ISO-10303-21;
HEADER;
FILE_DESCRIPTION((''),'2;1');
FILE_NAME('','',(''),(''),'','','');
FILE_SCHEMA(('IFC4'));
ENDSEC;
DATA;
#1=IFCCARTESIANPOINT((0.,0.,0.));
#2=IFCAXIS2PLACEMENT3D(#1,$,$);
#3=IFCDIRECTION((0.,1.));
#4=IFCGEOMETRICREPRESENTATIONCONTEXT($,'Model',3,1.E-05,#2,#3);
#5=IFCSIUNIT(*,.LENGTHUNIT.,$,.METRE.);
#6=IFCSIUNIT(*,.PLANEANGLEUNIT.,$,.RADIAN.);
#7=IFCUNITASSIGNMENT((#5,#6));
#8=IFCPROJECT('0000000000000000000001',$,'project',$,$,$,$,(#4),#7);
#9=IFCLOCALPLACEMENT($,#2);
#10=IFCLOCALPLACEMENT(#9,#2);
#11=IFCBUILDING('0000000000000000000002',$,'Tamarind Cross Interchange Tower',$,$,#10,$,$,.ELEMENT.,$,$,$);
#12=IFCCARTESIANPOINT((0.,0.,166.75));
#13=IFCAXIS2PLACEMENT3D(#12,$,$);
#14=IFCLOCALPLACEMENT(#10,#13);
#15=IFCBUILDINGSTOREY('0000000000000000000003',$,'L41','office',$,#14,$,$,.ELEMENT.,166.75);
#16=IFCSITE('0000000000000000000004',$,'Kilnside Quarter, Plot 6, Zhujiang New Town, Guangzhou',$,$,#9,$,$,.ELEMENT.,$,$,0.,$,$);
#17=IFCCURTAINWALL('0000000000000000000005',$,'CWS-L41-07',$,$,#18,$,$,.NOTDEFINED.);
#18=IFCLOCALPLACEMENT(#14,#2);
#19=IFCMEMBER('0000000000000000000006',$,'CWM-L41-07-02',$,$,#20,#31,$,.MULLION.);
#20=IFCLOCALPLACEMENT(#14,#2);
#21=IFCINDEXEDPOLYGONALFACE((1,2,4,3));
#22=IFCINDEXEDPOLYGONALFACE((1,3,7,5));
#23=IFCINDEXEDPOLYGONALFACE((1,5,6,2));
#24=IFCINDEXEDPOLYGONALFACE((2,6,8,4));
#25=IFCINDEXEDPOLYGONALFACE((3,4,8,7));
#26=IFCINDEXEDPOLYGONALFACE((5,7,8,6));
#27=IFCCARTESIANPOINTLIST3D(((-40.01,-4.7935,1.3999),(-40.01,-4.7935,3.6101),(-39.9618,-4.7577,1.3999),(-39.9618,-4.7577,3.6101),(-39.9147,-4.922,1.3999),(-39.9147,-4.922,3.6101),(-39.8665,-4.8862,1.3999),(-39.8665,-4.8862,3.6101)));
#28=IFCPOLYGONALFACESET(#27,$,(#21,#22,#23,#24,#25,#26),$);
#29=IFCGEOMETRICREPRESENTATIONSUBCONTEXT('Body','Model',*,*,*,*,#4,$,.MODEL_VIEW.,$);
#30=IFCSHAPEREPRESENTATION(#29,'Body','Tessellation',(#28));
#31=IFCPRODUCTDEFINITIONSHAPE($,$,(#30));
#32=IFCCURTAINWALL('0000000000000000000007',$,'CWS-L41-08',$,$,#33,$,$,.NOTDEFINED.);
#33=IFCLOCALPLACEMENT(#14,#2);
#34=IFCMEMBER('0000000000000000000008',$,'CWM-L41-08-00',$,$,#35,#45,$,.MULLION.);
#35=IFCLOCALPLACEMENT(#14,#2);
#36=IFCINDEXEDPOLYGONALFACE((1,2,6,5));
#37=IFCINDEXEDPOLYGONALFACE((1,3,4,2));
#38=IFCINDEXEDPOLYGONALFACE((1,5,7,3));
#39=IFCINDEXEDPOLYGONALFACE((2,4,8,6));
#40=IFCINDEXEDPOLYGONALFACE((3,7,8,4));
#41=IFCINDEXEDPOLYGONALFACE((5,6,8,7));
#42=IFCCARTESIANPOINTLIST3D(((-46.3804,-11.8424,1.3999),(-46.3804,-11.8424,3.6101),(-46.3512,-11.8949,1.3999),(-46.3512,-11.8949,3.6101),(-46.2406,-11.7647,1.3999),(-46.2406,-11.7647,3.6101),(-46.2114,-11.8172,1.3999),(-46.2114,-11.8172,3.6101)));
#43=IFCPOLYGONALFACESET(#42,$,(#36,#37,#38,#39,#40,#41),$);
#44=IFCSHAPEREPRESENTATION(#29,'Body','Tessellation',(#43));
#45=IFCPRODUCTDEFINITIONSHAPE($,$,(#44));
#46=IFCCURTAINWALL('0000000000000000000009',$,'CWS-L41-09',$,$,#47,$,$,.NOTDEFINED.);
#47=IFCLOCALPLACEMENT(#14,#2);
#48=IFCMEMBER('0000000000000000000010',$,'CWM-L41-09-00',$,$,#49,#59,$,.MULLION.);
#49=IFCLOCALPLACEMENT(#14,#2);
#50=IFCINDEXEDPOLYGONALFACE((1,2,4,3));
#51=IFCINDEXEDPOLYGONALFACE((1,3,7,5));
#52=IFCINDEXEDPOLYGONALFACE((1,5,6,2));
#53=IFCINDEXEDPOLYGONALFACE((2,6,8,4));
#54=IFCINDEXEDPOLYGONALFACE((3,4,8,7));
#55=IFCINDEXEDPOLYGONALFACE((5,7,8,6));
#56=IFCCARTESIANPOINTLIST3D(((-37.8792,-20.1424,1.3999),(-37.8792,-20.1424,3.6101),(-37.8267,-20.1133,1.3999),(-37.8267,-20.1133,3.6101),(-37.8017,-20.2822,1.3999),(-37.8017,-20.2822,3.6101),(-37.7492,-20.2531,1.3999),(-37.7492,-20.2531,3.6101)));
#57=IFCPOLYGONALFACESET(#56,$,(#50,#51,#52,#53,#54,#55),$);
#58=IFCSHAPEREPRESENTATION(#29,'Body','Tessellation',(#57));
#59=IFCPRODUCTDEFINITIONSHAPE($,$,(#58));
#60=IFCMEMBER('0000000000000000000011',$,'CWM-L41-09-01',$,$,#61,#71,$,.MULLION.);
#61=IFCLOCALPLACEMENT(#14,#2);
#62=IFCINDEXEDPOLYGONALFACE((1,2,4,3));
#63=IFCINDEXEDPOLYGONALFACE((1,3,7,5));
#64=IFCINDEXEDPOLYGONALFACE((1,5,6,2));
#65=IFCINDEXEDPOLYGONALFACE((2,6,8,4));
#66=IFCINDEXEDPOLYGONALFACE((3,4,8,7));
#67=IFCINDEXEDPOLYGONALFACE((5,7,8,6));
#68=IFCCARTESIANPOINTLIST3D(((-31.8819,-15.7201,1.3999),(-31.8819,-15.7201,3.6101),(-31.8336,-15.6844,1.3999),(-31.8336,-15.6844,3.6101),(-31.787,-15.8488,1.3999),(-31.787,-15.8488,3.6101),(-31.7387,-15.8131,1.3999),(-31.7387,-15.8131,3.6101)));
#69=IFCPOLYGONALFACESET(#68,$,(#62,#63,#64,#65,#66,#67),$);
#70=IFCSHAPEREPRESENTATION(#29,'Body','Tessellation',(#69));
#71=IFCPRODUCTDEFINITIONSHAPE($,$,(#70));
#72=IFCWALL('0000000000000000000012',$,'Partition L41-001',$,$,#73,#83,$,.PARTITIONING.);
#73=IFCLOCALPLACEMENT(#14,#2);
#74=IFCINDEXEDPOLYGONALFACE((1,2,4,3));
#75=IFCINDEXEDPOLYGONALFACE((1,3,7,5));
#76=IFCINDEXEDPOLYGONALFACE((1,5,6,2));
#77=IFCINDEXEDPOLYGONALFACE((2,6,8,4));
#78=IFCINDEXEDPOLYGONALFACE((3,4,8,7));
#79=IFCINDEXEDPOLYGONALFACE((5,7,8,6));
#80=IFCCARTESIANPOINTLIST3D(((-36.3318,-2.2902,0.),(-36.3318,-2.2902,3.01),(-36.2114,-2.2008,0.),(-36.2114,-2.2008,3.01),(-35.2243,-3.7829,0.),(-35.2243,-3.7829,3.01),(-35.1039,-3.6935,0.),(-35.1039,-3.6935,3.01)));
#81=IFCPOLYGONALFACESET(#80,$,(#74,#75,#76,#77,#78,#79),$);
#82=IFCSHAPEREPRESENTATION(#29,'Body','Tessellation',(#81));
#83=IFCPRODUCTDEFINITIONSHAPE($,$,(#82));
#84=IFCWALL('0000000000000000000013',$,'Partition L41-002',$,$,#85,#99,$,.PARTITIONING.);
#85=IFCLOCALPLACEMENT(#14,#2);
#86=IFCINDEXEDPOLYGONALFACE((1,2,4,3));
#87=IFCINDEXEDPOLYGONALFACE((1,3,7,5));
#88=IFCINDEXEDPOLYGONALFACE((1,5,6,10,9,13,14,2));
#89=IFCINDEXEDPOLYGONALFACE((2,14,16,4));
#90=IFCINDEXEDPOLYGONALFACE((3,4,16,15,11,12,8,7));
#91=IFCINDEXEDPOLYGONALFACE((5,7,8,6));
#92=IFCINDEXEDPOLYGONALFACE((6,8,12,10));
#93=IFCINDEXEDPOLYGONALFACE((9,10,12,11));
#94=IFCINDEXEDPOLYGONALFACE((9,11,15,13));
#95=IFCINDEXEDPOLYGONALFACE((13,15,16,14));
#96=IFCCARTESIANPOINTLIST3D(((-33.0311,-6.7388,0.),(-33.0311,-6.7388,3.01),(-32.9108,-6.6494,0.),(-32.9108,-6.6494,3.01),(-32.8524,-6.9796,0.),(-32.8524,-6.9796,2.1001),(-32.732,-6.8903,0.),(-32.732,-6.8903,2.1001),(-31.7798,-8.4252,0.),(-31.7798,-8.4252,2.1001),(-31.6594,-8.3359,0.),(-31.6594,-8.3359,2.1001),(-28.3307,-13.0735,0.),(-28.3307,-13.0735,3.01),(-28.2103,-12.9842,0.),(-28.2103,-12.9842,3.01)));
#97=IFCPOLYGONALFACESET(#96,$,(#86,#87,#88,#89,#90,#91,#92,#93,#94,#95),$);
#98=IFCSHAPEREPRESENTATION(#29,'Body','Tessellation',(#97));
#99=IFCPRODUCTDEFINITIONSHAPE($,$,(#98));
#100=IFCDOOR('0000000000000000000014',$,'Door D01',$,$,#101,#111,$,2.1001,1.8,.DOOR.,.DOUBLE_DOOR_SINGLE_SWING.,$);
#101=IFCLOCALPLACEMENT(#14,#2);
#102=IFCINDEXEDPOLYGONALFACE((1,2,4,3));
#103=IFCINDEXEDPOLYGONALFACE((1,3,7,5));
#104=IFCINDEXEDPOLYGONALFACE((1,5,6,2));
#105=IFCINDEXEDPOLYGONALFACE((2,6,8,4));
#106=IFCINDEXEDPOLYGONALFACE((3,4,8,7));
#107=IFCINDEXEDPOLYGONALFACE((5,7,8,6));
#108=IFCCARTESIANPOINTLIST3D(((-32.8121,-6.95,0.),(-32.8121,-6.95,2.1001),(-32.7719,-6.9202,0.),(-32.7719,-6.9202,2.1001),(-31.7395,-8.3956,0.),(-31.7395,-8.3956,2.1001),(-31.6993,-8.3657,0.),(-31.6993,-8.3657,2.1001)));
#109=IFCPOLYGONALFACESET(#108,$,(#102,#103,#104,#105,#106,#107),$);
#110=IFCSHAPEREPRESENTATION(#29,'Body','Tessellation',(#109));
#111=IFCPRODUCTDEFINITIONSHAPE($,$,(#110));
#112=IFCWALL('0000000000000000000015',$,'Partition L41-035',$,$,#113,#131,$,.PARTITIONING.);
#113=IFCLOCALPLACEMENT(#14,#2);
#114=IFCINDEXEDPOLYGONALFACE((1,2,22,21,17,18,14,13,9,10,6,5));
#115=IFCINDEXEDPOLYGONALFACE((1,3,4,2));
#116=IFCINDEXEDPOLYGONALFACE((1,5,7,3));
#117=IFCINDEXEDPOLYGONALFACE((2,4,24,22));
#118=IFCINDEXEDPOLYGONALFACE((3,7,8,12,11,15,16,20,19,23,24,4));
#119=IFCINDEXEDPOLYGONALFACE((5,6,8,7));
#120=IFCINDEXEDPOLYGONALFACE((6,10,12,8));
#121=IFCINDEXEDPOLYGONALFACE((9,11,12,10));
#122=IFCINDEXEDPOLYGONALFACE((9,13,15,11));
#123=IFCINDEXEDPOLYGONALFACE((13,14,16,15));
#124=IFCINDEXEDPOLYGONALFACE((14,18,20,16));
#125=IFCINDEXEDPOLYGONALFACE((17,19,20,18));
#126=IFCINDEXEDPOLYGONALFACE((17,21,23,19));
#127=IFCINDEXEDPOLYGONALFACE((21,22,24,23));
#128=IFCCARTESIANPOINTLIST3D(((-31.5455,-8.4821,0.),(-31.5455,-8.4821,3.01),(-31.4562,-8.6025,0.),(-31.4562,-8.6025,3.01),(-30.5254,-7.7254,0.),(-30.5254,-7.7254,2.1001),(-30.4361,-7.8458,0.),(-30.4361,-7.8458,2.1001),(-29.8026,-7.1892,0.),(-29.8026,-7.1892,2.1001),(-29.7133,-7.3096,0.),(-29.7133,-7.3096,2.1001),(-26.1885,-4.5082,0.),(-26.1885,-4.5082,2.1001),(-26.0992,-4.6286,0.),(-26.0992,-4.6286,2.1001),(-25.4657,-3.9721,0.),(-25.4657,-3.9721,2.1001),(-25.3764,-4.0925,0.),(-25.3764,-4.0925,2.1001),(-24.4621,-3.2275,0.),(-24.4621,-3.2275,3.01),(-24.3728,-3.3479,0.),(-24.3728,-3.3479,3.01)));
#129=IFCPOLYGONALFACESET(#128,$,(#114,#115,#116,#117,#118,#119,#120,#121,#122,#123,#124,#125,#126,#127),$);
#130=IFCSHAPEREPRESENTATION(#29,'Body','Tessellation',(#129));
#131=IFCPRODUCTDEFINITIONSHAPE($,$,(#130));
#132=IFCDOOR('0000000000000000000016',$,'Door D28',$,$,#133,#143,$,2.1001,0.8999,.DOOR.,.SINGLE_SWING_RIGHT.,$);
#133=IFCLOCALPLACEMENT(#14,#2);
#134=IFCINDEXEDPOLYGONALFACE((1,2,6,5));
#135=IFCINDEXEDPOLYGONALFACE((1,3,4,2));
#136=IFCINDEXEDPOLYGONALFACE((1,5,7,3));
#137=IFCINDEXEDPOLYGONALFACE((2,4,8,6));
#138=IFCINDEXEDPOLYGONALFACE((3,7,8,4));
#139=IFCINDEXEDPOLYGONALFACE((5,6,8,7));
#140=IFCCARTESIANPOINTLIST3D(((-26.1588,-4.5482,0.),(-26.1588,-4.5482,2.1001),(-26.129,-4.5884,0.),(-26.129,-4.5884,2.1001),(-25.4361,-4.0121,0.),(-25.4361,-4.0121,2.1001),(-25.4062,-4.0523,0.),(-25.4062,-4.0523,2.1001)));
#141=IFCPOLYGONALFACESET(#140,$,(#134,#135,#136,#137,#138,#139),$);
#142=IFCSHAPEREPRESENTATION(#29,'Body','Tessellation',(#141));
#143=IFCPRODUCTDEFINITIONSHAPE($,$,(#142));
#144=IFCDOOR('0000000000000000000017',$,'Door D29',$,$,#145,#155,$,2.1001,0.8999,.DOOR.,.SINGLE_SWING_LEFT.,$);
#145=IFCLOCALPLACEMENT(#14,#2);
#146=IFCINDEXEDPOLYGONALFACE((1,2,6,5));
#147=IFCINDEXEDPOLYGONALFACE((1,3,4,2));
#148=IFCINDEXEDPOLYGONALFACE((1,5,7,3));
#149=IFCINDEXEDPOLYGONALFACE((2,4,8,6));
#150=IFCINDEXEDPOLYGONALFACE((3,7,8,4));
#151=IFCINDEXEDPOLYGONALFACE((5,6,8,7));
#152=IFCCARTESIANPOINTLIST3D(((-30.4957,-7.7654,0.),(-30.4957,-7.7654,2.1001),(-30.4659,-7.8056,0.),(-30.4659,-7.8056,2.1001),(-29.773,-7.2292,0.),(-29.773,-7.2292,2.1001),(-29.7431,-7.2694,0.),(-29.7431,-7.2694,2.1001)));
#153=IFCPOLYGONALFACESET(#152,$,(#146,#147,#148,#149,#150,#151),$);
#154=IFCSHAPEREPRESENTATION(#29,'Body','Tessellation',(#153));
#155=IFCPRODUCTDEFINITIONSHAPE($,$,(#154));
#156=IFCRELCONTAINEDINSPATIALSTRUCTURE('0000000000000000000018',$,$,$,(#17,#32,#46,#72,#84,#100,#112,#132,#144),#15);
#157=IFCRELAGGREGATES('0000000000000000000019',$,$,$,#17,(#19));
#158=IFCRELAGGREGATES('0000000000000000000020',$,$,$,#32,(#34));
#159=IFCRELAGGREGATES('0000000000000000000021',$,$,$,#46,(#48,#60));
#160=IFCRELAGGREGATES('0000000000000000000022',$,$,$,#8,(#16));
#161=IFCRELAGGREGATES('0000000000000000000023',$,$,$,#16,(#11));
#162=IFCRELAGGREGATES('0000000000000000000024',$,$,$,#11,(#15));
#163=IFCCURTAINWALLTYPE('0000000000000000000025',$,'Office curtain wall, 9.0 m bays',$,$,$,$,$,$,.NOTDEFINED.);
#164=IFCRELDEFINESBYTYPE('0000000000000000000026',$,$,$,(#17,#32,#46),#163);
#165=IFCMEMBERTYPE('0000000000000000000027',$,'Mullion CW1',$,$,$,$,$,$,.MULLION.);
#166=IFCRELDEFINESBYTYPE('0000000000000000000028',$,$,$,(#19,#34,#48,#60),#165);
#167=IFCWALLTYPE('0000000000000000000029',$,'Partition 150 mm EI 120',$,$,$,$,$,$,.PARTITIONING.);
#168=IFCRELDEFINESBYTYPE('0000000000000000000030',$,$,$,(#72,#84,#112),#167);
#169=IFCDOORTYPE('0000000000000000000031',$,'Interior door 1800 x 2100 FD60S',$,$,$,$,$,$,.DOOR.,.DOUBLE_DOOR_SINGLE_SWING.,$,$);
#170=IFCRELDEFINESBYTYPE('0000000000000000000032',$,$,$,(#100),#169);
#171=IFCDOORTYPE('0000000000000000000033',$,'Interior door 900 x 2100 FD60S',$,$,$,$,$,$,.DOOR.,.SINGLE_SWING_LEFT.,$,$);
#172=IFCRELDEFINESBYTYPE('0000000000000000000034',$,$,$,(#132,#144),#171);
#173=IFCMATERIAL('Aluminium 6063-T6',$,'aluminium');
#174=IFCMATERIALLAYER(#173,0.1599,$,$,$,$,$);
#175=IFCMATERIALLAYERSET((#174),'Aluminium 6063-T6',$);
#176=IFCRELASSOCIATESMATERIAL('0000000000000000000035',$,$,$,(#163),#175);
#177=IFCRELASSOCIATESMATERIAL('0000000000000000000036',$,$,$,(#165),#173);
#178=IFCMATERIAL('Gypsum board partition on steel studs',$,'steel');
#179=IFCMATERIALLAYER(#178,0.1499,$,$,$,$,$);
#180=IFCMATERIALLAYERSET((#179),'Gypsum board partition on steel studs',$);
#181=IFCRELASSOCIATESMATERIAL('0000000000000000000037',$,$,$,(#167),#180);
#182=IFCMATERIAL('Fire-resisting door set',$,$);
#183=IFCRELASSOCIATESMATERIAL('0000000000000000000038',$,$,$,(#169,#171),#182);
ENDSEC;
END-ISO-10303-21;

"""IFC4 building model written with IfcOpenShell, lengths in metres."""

from ifc_helpers import new_model, si_unit, direction, frame, frame_2d, origin, origin_2d, place, context, subcontext, project, spatial, rectangle, extrude, material, layer, layer_set, material_profile, profile_set, type_object, element, fill, aggregate, save


model = new_model("IFC4")

# Units and contexts
model_context = context("Model", 3, precision=1e-05, world=origin(), true_north=direction((0.0, 1.0)))
body_context = subcontext(model_context, "Body", "Model", "MODEL_VIEW")
ifc_project = project(units=[si_unit("LENGTHUNIT", "METRE"), si_unit("PLANEANGLEUNIT", "RADIAN")], contexts=[model_context])

# Site, building, storey
site_placement = place(None, origin())
site = spatial("IfcSite", under=ifc_project, at=site_placement, Name="Kilnside Quarter, Plot 6, Zhujiang New Town, Guangzhou", CompositionType="ELEMENT", RefElevation=0.0)
building_placement = place(site_placement, origin())
building = spatial("IfcBuilding", under=site, at=building_placement, Name="Tamarind Cross Interchange Tower", CompositionType="ELEMENT")
storey_placement = place(building_placement, frame((0.0, 0.0, 166.75)))
storey = spatial("IfcBuildingStorey", under=building, at=storey_placement, Name="L41", Description="office", CompositionType="ELEMENT", Elevation=166.75)

# Curtain walls, members
ifc_material_1 = material(Name="Aluminium 6063-T6", Category="aluminium")
ifc_layer_1 = layer(ifc_material_1, 0.1599)
ifc_layer_set_1 = layer_set([ifc_layer_1], Name="Aluminium 6063-T6")
curtain_wall_type = type_object("IfcCurtainWallType", Name="Office curtain wall, 9.0 m bays", PredefinedType="NOTDEFINED", material=ifc_layer_set_1)
curtain_wall_1_placement = place(storey_placement, origin())
curtain_wall_1 = element("IfcCurtainWall", 1, at=curtain_wall_1_placement, inside=storey, type_object=curtain_wall_type, Name="CWS-L41-07", PredefinedType="NOTDEFINED")
ifc_material_profile_1 = material_profile(ifc_material_1, rectangle(XDim=0.0601, YDim=0.1599, at=origin_2d()), Name="Mullion CW1")
ifc_profile_set_1 = profile_set([ifc_material_profile_1], Name="Aluminium 6063-T6")
member_type = type_object("IfcMemberType", Name="Mullion CW1", PredefinedType="MULLION", material=ifc_profile_set_1)
member_1_placement = place(storey_placement, frame((-39.9382, -4.8398, 1.3999), z_axis=(0.0, 0.0, 1.0), x_axis=(-0.80315, -0.595776, 0.0)))
member_1 = element("IfcMember", 2, at=member_1_placement, type_object=member_type, Name="CWM-L41-07-02", PredefinedType="MULLION", context=body_context, shape_type="SweptSolid", body=[
    extrude(rectangle(XDim=0.0601, YDim=0.1599, at=origin_2d()), origin(), (0.0, 0.0, 1.0), 2.2102),
])
aggregate(curtain_wall_1, [member_1])
curtain_wall_2_placement = place(storey_placement, origin())
curtain_wall_2 = element("IfcCurtainWall", 3, at=curtain_wall_2_placement, inside=storey, type_object=curtain_wall_type, Name="CWS-L41-08", PredefinedType="NOTDEFINED")
member_2_placement = place(storey_placement, frame((-46.2959, -11.8298, 1.3999), z_axis=(0.0, 0.0, 1.0), x_axis=(0.485847, -0.874044, 0.0)))
member_2 = element("IfcMember", 4, at=member_2_placement, type_object=member_type, Name="CWM-L41-08-00", PredefinedType="MULLION", context=body_context, shape_type="SweptSolid", body=[
    extrude(rectangle(XDim=0.0601, YDim=0.1599, at=origin_2d()), origin(), (0.0, 0.0, 1.0), 2.2102),
])
aggregate(curtain_wall_2, [member_2])

# Curtain wall, members
curtain_wall_3_placement = place(storey_placement, origin())
curtain_wall_3 = element("IfcCurtainWall", 5, at=curtain_wall_3_placement, inside=storey, type_object=curtain_wall_type, Name="CWS-L41-09", PredefinedType="NOTDEFINED")
member_3_placement = place(storey_placement, frame((-37.8142, -20.1978, 1.3999), z_axis=(0.0, 0.0, 1.0), x_axis=(0.874634, 0.484783, 0.0)))
member_3 = element("IfcMember", 6, at=member_3_placement, type_object=member_type, Name="CWM-L41-09-00", PredefinedType="MULLION", context=body_context, shape_type="SweptSolid", body=[
    extrude(rectangle(XDim=0.0601, YDim=0.1599, at=origin_2d()), origin(), (0.0, 0.0, 1.0), 2.2102),
])
member_4_placement = place(storey_placement, frame((-31.8103, -15.7666, 1.3999), z_axis=(0.0, 0.0, 1.0), x_axis=(0.804598, 0.593819, 0.0)))
member_4 = element("IfcMember", 7, at=member_4_placement, type_object=member_type, Name="CWM-L41-09-01", PredefinedType="MULLION", context=body_context, shape_type="SweptSolid", body=[
    extrude(rectangle(XDim=0.0601, YDim=0.1599, at=origin_2d()), origin(), (0.0, 0.0, 1.0), 2.2102),
])
aggregate(curtain_wall_3, [member_3, member_4])

# Wall
ifc_material_2 = material(Name="Gypsum board partition on steel studs", Category="steel")
ifc_layer_2 = layer(ifc_material_2, 0.1499)
ifc_layer_set_2 = layer_set([ifc_layer_2], Name="Gypsum board partition on steel studs")
wall_type = type_object("IfcWallType", Name="Partition 150 mm EI 120", PredefinedType="PARTITIONING", material=ifc_layer_set_2)
wall_1_placement = place(storey_placement, frame((-36.2715, -2.2456, 0.0), z_axis=(0.0, 0.0, 1.0), x_axis=(0.595831, -0.80311, 0.0)))
element("IfcWall", 8, at=wall_1_placement, inside=storey, type_object=wall_type, Name="Partition L41-001", PredefinedType="PARTITIONING", context=body_context, shape_type="SweptSolid", body=[
    extrude(rectangle(XDim=1.8586, YDim=0.1499, at=frame_2d((0.9292, 0.0))), origin(), (0.0, 0.0, 1.0), 3.01),
])

# Wall, opening, door
wall_2_placement = place(storey_placement, frame((-32.9709, -6.6941, 0.0), z_axis=(0.0, 0.0, 1.0), x_axis=(0.595887, -0.803068, 0.0)))
wall_2 = element("IfcWall", 9, at=wall_2_placement, inside=storey, type_object=wall_type, Name="Partition L41-002", PredefinedType="PARTITIONING", context=body_context, shape_type="SweptSolid", body=[
    extrude(rectangle(XDim=7.8882, YDim=0.1499, at=frame_2d((3.9441, 0.0))), origin(), (0.0, 0.0, 1.0), 3.01),
])
opening_1_placement = place(wall_2_placement, frame((0.3, 0.0, 0.0)))
opening_1 = element("IfcOpeningElement", 10, at=opening_1_placement, cuts=wall_2, PredefinedType="OPENING", context=body_context, shape_type="SweptSolid", body=[
    extrude(rectangle(XDim=1.8, YDim=2.1001, at=frame_2d((0.8999, 1.05))), frame((0.0, 0.085, 0.0), z_axis=(0.0, -1.0, 0.0), x_axis=(1.0, 0.0, 0.0)), (0.0, 0.0, 1.0), 0.1699),
])
ifc_material_3 = material(Name="Fire-resisting door set")
door_type_1 = type_object("IfcDoorType", Name="Interior door 1800 x 2100 FD60S", OperationType="DOUBLE_DOOR_SINGLE_SWING", PredefinedType="DOOR", material=ifc_material_3)
door_1_placement = place(opening_1_placement, frame((1.8, 0.0, 0.0), z_axis=(0.0, 0.0, 1.0), x_axis=(-1.0, 0.0, 0.0)))
door_1 = element("IfcDoor", 11, at=door_1_placement, inside=storey, type_object=door_type_1, Name="Door D01", OperationType="DOUBLE_DOOR_SINGLE_SWING", OverallHeight=2.1001, OverallWidth=1.8, PredefinedType="DOOR", context=body_context, shape_type="SweptSolid", body=[
    extrude(rectangle(XDim=1.8, YDim=2.1001, at=frame_2d((0.8999, 1.05))), frame((0.0, 0.0249, 0.0), z_axis=(0.0, -1.0, 0.0), x_axis=(1.0, 0.0, 0.0)), (0.0, 0.0, 1.0), 0.05),
])
fill(opening_1, door_1)

# Wall, openings, doors
wall_3_placement = place(storey_placement, frame((-31.5007, -8.5422, 0.0), z_axis=(0.0, 0.0, 1.0), x_axis=(0.803145, 0.595784, 0.0)))
wall_3 = element("IfcWall", 12, at=wall_3_placement, inside=storey, type_object=wall_type, Name="Partition L41-035", PredefinedType="PARTITIONING", context=body_context, shape_type="SweptSolid", body=[
    extrude(rectangle(XDim=8.8196, YDim=0.1499, at=frame_2d((4.4097, 0.0))), origin(), (0.0, 0.0, 1.0), 3.01),
])
opening_2_placement = place(wall_3_placement, frame((6.6699, 0.0, 0.0)))
opening_2 = element("IfcOpeningElement", 13, at=opening_2_placement, cuts=wall_3, PredefinedType="OPENING", context=body_context, shape_type="SweptSolid", body=[
    extrude(rectangle(XDim=0.8999, YDim=2.1001, at=frame_2d((0.45, 1.05))), frame((0.0, 0.085, 0.0), z_axis=(0.0, -1.0, 0.0), x_axis=(1.0, 0.0, 0.0)), (0.0, 0.0, 1.0), 0.1699),
])
opening_3_placement = place(wall_3_placement, frame((1.27, 0.0, 0.0)))
opening_3 = element("IfcOpeningElement", 14, at=opening_3_placement, cuts=wall_3, PredefinedType="OPENING", context=body_context, shape_type="SweptSolid", body=[
    extrude(rectangle(XDim=0.8999, YDim=2.1001, at=frame_2d((0.45, 1.05))), frame((0.0, 0.085, 0.0), z_axis=(0.0, -1.0, 0.0), x_axis=(1.0, 0.0, 0.0)), (0.0, 0.0, 1.0), 0.1699),
])
door_type_2 = type_object("IfcDoorType", Name="Interior door 900 x 2100 FD60S", OperationType="SINGLE_SWING_LEFT", PredefinedType="DOOR", material=ifc_material_3)
door_2_placement = place(opening_2_placement, frame((0.8999, 0.0, 0.0), z_axis=(0.0, 0.0, 1.0), x_axis=(-1.0, 0.0, 0.0)))
door_2 = element("IfcDoor", 15, at=door_2_placement, inside=storey, type_object=door_type_2, Name="Door D28", OperationType="SINGLE_SWING_RIGHT", OverallHeight=2.1001, OverallWidth=0.8999, PredefinedType="DOOR", context=body_context, shape_type="SweptSolid", body=[
    extrude(rectangle(XDim=0.8999, YDim=2.1001, at=frame_2d((0.45, 1.05))), frame((0.0, 0.0249, 0.0), z_axis=(0.0, -1.0, 0.0), x_axis=(1.0, 0.0, 0.0)), (0.0, 0.0, 1.0), 0.05),
])
fill(opening_2, door_2)
door_3_placement = place(opening_3_placement, frame((0.8999, 0.0, 0.0), z_axis=(0.0, 0.0, 1.0), x_axis=(-1.0, 0.0, 0.0)))
door_3 = element("IfcDoor", 16, at=door_3_placement, inside=storey, type_object=door_type_2, Name="Door D29", OperationType="SINGLE_SWING_LEFT", OverallHeight=2.1001, OverallWidth=0.8999, PredefinedType="DOOR", context=body_context, shape_type="SweptSolid", body=[
    extrude(rectangle(XDim=0.8999, YDim=2.1001, at=frame_2d((0.45, 1.05))), frame((0.0, 0.0249, 0.0), z_axis=(0.0, -1.0, 0.0), x_axis=(1.0, 0.0, 0.0)), (0.0, 0.0, 1.0), 0.05),
])
fill(opening_3, door_3)

save(model, "model.ifc")
